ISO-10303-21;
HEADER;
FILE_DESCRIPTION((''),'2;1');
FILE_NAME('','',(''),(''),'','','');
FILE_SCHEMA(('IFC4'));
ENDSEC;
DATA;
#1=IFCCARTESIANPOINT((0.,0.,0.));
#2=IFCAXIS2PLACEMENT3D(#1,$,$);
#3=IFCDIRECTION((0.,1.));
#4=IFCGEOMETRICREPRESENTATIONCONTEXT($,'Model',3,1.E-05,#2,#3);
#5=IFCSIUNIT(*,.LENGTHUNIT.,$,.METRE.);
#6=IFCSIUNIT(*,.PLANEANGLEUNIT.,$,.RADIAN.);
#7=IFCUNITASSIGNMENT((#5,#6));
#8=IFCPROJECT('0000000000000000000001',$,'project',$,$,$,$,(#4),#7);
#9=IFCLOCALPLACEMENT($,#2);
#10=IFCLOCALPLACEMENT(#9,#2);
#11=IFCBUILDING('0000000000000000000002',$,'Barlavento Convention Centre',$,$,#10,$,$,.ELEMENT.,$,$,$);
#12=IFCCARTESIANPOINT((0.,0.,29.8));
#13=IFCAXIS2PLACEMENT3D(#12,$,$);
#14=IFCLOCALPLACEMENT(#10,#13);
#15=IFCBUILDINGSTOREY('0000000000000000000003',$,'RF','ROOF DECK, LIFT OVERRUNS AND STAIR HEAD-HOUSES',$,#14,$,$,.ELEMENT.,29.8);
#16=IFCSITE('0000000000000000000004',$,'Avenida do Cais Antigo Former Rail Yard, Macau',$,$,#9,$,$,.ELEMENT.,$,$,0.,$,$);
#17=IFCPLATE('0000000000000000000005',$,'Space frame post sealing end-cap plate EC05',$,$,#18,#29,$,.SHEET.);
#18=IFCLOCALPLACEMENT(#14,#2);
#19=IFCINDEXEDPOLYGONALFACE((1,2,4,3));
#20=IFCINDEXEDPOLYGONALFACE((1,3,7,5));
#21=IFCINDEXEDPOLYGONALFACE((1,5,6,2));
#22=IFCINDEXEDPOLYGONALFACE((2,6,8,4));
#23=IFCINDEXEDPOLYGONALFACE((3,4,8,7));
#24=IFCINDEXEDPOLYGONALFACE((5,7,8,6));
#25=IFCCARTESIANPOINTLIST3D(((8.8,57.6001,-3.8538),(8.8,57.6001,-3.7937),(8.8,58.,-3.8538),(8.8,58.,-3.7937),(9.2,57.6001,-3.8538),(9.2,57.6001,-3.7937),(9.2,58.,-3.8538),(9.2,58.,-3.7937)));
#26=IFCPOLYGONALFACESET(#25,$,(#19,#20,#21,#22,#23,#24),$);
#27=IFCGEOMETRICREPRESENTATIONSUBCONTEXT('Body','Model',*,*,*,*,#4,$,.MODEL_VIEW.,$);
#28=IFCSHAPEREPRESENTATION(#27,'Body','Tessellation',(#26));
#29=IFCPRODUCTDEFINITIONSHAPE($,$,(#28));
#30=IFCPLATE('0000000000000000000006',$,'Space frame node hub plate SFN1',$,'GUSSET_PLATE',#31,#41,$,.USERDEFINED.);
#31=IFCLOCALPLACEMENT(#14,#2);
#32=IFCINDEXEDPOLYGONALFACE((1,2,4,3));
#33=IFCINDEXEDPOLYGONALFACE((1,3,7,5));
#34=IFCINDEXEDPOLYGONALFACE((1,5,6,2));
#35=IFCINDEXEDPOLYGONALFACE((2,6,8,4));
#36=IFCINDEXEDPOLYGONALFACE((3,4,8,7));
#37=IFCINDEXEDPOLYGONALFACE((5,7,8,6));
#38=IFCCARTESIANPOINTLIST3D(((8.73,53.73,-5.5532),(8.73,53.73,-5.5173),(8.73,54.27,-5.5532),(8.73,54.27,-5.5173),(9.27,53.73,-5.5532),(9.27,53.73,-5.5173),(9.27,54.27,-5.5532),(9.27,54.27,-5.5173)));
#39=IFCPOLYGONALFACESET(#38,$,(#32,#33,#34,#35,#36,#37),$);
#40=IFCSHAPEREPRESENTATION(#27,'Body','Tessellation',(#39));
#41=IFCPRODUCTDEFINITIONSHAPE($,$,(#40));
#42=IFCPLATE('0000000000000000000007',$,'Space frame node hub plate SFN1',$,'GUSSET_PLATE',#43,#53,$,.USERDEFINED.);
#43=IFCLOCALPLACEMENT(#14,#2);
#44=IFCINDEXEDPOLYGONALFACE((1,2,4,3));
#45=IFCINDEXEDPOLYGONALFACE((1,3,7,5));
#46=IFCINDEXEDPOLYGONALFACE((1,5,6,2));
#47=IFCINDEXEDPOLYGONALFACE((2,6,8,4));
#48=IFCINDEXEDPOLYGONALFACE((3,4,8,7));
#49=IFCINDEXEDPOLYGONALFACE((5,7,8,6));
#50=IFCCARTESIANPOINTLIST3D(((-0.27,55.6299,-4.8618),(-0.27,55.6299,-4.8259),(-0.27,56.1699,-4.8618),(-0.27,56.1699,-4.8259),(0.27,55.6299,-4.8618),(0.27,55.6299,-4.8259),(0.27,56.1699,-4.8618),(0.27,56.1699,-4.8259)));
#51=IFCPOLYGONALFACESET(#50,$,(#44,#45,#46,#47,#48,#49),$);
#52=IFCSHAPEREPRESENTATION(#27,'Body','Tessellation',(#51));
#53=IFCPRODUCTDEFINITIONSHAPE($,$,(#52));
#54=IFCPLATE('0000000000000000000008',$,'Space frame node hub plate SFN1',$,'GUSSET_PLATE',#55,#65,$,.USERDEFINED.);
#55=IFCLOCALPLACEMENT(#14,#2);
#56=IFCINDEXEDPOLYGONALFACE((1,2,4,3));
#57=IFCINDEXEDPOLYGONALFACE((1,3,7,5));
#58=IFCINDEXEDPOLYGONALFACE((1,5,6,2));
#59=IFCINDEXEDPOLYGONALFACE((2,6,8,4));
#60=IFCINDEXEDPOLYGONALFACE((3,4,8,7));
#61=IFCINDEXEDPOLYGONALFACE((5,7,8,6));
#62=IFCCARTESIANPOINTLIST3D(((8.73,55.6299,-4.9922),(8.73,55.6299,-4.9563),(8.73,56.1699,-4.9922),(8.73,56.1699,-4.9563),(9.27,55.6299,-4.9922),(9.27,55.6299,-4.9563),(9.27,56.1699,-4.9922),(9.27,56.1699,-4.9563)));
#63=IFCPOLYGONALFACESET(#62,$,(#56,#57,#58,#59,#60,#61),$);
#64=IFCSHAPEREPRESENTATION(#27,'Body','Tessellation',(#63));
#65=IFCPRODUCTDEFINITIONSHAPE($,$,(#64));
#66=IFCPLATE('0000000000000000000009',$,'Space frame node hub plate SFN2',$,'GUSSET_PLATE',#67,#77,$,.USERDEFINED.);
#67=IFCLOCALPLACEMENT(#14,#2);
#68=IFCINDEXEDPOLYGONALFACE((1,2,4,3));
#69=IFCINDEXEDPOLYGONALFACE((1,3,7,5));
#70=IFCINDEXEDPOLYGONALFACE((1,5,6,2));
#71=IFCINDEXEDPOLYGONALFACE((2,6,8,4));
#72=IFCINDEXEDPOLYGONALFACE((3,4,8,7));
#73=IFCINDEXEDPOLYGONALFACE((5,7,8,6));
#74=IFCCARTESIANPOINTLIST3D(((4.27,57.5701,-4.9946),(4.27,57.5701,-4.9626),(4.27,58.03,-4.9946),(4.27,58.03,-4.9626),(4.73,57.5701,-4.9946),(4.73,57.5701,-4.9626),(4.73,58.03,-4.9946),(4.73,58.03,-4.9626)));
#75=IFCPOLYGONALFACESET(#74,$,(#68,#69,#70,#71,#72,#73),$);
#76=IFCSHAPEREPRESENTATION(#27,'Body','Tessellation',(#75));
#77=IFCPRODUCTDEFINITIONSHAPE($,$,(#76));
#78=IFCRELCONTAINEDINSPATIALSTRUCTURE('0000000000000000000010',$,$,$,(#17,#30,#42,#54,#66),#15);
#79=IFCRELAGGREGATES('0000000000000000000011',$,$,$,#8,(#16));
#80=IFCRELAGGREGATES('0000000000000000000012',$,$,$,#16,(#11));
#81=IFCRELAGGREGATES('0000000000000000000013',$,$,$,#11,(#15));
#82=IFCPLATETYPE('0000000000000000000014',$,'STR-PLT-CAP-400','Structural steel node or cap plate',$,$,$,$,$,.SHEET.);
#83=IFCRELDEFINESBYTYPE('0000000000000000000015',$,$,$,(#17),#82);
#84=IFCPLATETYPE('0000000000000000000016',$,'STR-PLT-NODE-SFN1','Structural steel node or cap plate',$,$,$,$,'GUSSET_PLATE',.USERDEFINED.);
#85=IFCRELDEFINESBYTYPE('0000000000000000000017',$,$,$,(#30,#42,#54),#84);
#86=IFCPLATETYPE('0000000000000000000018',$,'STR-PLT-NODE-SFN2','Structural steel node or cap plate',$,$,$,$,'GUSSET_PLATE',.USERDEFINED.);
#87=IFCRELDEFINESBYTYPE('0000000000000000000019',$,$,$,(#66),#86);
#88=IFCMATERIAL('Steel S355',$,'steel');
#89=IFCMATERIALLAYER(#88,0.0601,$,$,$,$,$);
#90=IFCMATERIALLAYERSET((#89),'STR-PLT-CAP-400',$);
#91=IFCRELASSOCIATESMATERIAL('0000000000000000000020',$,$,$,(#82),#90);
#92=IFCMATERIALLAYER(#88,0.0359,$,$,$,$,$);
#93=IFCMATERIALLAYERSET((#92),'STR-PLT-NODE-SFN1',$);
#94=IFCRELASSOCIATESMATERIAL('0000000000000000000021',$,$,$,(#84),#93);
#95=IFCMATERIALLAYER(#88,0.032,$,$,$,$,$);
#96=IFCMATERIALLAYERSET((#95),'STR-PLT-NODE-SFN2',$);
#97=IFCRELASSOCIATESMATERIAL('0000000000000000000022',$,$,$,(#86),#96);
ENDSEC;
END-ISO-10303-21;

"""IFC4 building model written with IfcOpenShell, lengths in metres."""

from ifc_helpers import new_model, si_unit, direction, frame, origin, origin_2d, place, context, subcontext, project, spatial, rectangle, extrude, material, layer, layer_set, type_object, element, save


model = new_model("IFC4")

# Units and contexts
model_context = context("Model", 3, precision=1e-05, world=origin(), true_north=direction((0.0, 1.0)))
body_context = subcontext(model_context, "Body", "Model", "MODEL_VIEW")
ifc_project = project(units=[si_unit("LENGTHUNIT", "METRE"), si_unit("PLANEANGLEUNIT", "RADIAN")], contexts=[model_context])

# Site, building, storey
site_placement = place(None, origin())
site = spatial("IfcSite", under=ifc_project, at=site_placement, Name="Avenida do Cais Antigo Former Rail Yard, Macau", CompositionType="ELEMENT", RefElevation=0.0)
building_placement = place(site_placement, origin())
building = spatial("IfcBuilding", under=site, at=building_placement, Name="Barlavento Convention Centre", CompositionType="ELEMENT")
storey_placement = place(building_placement, frame((0.0, 0.0, 29.8)))
storey = spatial("IfcBuildingStorey", under=building, at=storey_placement, Name="RF", Description="ROOF DECK, LIFT OVERRUNS AND STAIR HEAD-HOUSES", CompositionType="ELEMENT", Elevation=29.8)

# Shared definitions
ifc_material_1 = material(Name="Steel S355", Category="steel")

# Plates
ifc_layer_1 = layer(ifc_material_1, 0.0601)
ifc_layer_set_1 = layer_set([ifc_layer_1], Name="STR-PLT-CAP-400")
plate_type_1 = type_object("IfcPlateType", Name="STR-PLT-CAP-400", Description="Structural steel node or cap plate", PredefinedType="SHEET", material=ifc_layer_set_1)
for number, where, z_axis, x_axis, name in (
    (1, (9.0, 57.8, -3.8538), (0.0, 0.0, 1.0), (1.0, 0.0, 0.0), "Space frame post sealing end-cap plate EC05"),
):
    element("IfcPlate", number, at=place(storey_placement, frame(where, z_axis=z_axis, x_axis=x_axis)), inside=storey, type_object=plate_type_1, Name=name, PredefinedType="SHEET", context=body_context, shape_type="SweptSolid", body=[
        extrude(rectangle(XDim=0.3999, YDim=0.3999, at=origin_2d()), origin(), (0.0, 0.0, 1.0), 0.0601),
    ])
ifc_layer_2 = layer(ifc_material_1, 0.0359)
ifc_layer_set_2 = layer_set([ifc_layer_2], Name="STR-PLT-NODE-SFN1")
plate_type_2 = type_object("IfcPlateType", Name="STR-PLT-NODE-SFN1", Description="Structural steel node or cap plate", ElementType="GUSSET_PLATE", PredefinedType="USERDEFINED", material=ifc_layer_set_2)
for number, where, z_axis, x_axis, name in (
    (2, (9.0, 54.0, -5.5532), (0.0, 0.0, 1.0), (1.0, 0.0, 0.0), "Space frame node hub plate SFN1"),
    (3, (0.0, 55.8999, -4.8618), (0.0, 0.0, 1.0), (1.0, 0.0, 0.0), "Space frame node hub plate SFN1"),
    (4, (9.0, 55.8999, -4.9922), (0.0, 0.0, 1.0), (1.0, 0.0, 0.0), "Space frame node hub plate SFN1"),
):
    element("IfcPlate", number, at=place(storey_placement, frame(where, z_axis=z_axis, x_axis=x_axis)), inside=storey, type_object=plate_type_2, Name=name, ObjectType="GUSSET_PLATE", PredefinedType="USERDEFINED", context=body_context, shape_type="SweptSolid", body=[
        extrude(rectangle(XDim=0.54, YDim=0.54, at=origin_2d()), origin(), (0.0, 0.0, 1.0), 0.0359),
    ])
ifc_layer_3 = layer(ifc_material_1, 0.032)
ifc_layer_set_3 = layer_set([ifc_layer_3], Name="STR-PLT-NODE-SFN2")
plate_type_3 = type_object("IfcPlateType", Name="STR-PLT-NODE-SFN2", Description="Structural steel node or cap plate", ElementType="GUSSET_PLATE", PredefinedType="USERDEFINED", material=ifc_layer_set_3)
plate_placement = place(storey_placement, frame((4.5, 57.8, -4.9946), z_axis=(0.0, 0.0, 1.0), x_axis=(1.0, 0.0, 0.0)))
element("IfcPlate", 5, at=plate_placement, inside=storey, type_object=plate_type_3, Name="Space frame node hub plate SFN2", ObjectType="GUSSET_PLATE", PredefinedType="USERDEFINED", context=body_context, shape_type="SweptSolid", body=[
    extrude(rectangle(XDim=0.46, YDim=0.46, at=origin_2d()), origin(), (0.0, 0.0, 1.0), 0.032),
])

save(model, "model.ifc")
